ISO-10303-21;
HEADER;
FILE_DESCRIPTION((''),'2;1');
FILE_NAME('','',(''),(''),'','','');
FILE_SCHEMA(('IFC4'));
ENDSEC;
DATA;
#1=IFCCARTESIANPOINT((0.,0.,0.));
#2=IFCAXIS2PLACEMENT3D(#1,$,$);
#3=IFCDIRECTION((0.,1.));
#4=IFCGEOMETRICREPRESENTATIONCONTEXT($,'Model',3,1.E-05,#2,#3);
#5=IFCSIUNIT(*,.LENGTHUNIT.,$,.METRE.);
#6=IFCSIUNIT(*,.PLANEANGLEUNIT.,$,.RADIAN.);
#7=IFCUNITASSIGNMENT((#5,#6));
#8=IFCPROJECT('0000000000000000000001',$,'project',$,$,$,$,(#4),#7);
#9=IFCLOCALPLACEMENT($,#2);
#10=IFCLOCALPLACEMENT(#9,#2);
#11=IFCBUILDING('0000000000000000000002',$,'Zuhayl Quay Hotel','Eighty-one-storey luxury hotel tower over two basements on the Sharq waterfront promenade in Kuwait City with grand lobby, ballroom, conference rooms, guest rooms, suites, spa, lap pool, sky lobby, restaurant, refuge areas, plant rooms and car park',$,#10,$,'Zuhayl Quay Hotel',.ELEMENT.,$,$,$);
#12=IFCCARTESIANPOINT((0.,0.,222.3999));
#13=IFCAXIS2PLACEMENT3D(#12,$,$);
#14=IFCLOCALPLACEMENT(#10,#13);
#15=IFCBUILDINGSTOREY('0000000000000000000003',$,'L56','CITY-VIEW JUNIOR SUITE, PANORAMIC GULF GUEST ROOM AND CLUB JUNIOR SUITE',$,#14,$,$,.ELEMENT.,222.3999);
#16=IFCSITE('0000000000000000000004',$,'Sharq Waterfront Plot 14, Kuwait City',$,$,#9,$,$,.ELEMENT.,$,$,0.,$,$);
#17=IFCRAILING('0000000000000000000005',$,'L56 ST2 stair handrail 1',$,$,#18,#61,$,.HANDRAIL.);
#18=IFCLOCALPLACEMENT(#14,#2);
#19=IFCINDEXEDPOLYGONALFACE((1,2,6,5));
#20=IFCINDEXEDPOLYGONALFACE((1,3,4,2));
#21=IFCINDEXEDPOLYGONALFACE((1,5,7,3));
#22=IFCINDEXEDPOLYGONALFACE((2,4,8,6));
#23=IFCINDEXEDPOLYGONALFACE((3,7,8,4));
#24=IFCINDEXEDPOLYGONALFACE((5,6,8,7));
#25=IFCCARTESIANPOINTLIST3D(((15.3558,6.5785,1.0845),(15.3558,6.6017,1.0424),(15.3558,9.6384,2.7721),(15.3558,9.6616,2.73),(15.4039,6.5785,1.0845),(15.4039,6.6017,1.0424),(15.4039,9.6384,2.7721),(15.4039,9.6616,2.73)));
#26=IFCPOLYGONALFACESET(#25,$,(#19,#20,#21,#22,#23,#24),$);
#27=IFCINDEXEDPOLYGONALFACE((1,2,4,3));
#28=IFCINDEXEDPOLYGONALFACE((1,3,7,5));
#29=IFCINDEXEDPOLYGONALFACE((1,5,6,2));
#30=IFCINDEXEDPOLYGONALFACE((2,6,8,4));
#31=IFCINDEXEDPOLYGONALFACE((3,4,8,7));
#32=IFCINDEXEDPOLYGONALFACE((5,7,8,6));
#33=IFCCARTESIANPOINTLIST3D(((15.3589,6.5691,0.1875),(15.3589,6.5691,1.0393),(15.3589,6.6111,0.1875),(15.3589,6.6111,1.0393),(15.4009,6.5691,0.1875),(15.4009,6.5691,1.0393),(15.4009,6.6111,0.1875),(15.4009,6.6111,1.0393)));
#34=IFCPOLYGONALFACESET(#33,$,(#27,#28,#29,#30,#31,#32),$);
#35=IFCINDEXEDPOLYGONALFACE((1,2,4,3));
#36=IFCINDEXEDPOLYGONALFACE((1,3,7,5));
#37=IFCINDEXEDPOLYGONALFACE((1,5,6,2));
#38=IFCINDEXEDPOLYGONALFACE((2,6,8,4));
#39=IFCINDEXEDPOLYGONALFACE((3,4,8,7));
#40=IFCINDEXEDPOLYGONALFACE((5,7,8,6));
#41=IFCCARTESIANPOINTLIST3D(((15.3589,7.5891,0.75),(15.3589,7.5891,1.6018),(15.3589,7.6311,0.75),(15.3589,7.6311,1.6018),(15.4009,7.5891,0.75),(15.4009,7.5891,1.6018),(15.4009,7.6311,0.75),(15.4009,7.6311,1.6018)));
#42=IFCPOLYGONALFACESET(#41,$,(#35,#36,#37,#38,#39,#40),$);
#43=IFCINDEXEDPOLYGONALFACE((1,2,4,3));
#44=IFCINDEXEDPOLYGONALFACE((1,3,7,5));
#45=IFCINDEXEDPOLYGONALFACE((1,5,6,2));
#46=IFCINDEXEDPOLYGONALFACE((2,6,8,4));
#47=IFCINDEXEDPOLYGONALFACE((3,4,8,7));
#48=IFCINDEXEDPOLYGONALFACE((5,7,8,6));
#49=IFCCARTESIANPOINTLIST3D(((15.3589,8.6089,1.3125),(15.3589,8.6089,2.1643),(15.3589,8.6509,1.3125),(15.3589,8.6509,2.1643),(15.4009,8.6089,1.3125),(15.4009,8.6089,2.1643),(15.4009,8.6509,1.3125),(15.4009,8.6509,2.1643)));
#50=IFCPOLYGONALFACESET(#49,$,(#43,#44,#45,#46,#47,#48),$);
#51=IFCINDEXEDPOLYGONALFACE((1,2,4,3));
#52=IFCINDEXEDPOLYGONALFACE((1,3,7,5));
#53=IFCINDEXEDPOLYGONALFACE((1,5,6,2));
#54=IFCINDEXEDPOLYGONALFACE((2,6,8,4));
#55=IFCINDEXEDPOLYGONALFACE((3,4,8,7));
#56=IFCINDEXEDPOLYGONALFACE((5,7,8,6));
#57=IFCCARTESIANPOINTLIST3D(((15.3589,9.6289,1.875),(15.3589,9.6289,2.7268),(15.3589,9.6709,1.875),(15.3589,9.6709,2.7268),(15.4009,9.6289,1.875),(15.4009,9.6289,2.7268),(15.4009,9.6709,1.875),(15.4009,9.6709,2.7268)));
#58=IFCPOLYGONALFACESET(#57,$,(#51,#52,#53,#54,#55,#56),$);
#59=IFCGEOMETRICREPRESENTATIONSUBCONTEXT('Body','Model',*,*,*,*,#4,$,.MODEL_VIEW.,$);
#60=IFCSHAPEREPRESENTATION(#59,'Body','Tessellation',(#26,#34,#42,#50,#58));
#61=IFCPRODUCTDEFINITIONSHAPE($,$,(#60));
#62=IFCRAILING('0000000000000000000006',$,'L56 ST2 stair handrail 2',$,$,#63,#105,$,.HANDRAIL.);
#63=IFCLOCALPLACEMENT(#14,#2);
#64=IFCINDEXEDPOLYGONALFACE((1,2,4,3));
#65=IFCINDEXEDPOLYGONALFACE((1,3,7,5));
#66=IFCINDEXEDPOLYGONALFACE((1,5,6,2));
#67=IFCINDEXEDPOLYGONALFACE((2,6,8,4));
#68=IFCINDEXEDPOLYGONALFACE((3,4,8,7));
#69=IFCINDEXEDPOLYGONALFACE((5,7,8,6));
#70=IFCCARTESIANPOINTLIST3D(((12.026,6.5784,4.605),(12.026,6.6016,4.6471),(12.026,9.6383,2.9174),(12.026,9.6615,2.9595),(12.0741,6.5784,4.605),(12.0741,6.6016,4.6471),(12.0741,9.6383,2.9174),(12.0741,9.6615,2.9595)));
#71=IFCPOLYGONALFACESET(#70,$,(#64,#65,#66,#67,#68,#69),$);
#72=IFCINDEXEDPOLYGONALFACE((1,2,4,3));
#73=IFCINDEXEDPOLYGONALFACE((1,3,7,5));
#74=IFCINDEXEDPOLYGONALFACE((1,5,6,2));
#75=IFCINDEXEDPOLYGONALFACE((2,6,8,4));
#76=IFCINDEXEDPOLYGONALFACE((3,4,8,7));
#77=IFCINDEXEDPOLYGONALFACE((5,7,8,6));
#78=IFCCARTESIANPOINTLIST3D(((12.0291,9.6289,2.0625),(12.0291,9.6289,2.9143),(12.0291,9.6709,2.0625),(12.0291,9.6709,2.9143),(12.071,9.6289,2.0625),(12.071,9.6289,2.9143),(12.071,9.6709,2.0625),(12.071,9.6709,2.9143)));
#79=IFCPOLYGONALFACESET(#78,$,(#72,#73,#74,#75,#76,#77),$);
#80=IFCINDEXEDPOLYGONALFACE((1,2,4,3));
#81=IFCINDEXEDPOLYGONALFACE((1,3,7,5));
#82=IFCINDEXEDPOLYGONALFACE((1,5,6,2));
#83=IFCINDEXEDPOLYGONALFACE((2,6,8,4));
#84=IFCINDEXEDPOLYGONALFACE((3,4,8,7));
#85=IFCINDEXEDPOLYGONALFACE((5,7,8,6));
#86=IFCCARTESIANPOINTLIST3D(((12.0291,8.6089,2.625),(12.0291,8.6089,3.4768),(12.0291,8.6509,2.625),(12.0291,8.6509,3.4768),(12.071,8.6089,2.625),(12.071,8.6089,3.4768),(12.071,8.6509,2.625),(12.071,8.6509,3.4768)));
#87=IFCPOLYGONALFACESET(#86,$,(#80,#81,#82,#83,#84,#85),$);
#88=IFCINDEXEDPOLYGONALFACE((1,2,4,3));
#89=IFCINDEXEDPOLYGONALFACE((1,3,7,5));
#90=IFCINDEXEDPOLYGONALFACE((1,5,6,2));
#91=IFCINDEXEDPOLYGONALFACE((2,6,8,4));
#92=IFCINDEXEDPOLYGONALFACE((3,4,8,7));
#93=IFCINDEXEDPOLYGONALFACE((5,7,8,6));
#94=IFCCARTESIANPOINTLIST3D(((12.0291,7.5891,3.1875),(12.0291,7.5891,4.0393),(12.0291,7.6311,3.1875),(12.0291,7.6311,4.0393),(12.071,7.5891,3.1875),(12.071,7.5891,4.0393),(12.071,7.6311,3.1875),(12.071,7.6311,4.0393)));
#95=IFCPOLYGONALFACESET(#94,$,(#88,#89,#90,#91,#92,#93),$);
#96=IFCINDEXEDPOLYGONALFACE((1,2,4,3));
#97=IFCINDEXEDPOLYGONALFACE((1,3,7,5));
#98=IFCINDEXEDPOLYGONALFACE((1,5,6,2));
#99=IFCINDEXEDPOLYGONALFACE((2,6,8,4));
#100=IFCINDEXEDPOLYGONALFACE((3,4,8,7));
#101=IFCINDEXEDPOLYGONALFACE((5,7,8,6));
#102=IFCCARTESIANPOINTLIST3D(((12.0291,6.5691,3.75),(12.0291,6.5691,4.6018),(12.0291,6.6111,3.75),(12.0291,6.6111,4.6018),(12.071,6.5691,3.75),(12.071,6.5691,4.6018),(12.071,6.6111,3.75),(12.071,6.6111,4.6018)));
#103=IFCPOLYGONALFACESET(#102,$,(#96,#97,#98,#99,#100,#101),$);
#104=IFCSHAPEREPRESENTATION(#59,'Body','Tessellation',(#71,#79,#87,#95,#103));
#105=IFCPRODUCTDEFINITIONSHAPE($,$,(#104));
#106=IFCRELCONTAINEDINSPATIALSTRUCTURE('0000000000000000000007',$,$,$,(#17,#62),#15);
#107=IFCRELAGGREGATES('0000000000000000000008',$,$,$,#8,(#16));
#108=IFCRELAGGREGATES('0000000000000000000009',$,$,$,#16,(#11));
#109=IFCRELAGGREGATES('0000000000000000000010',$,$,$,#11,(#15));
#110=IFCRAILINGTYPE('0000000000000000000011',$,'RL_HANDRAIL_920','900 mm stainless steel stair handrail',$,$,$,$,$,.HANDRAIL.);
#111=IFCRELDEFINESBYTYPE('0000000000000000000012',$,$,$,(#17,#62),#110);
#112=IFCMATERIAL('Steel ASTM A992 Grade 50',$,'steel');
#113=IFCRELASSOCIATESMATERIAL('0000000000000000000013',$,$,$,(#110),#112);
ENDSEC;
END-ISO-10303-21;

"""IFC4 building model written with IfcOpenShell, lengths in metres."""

from ifc_helpers import new_model, si_unit, direction, frame, origin, origin_2d, place, context, subcontext, project, spatial, rectangle, extrude, material, type_object, element, save


model = new_model("IFC4")

# Units and contexts
model_context = context("Model", 3, precision=1e-05, world=origin(), true_north=direction((0.0, 1.0)))
body_context = subcontext(model_context, "Body", "Model", "MODEL_VIEW")
ifc_project = project(units=[si_unit("LENGTHUNIT", "METRE"), si_unit("PLANEANGLEUNIT", "RADIAN")], contexts=[model_context])

# Site, building, storey
site_placement = place(None, origin())
site = spatial("IfcSite", under=ifc_project, at=site_placement, Name="Sharq Waterfront Plot 14, Kuwait City", CompositionType="ELEMENT", RefElevation=0.0)
building_placement = place(site_placement, origin())
building = spatial("IfcBuilding", under=site, at=building_placement, Name="Zuhayl Quay Hotel", Description="Eighty-one-storey luxury hotel tower over two basements on the Sharq waterfront promenade in Kuwait City with grand lobby, ballroom, conference rooms, guest rooms, suites, spa, lap pool, sky lobby, restaurant, refuge areas, plant rooms and car park", LongName="Zuhayl Quay Hotel", CompositionType="ELEMENT")
storey_placement = place(building_placement, frame((0.0, 0.0, 222.3999)))
storey = spatial("IfcBuildingStorey", under=building, at=storey_placement, Name="L56", Description="CITY-VIEW JUNIOR SUITE, PANORAMIC GULF GUEST ROOM AND CLUB JUNIOR SUITE", CompositionType="ELEMENT", Elevation=222.3999)

# Railings
ifc_material_1 = material(Name="Steel ASTM A992 Grade 50", Category="steel")
railing_type_1 = type_object("IfcRailingType", Name="RL_HANDRAIL_920", Description="900 mm stainless steel stair handrail", PredefinedType="HANDRAIL", material=ifc_material_1)
railing_1_placement = place(storey_placement, frame((15.3799, 6.5901, 0.1875)))
element("IfcRailing", 1, at=railing_1_placement, inside=storey, type_object=railing_type_1, Name="L56 ST2 stair handrail 1", PredefinedType="HANDRAIL", context=body_context, shape_type="SweptSolid", body=[
    extrude(rectangle(XDim=0.0481, YDim=0.0481, at=origin_2d()), frame((0.0, 0.0, 0.876), z_axis=(0.0, 0.875659, 0.48293), x_axis=(-1.0, 0.0, 0.0)), (0.0, 0.0, 1.0), 3.4944),
    extrude(rectangle(XDim=0.042, YDim=0.042, at=origin_2d()), origin(), (0.0, 0.0, 1.0), 0.8518),
    extrude(rectangle(XDim=0.042, YDim=0.042, at=origin_2d()), frame((0.0, 1.02, 0.5625)), (0.0, 0.0, 1.0), 0.8518),
    extrude(rectangle(XDim=0.042, YDim=0.042, at=origin_2d()), frame((0.0, 2.0398, 1.125)), (0.0, 0.0, 1.0), 0.8518),
    extrude(rectangle(XDim=0.042, YDim=0.042, at=origin_2d()), frame((0.0, 3.0598, 1.6875)), (0.0, 0.0, 1.0), 0.8518),
])
railing_2_placement = place(storey_placement, frame((12.05, 9.6499, 2.0625)))
element("IfcRailing", 2, at=railing_2_placement, inside=storey, type_object=railing_type_1, Name="L56 ST2 stair handrail 2", PredefinedType="HANDRAIL", context=body_context, shape_type="SweptSolid", body=[
    extrude(rectangle(XDim=0.0481, YDim=0.0481, at=origin_2d()), frame((0.0, 0.0, 0.876), z_axis=(0.0, -0.875659, 0.48293), x_axis=(1.0, 0.0, 0.0)), (0.0, 0.0, 1.0), 3.4944),
    extrude(rectangle(XDim=0.042, YDim=0.042, at=origin_2d()), origin(), (0.0, 0.0, 1.0), 0.8518),
    extrude(rectangle(XDim=0.042, YDim=0.042, at=origin_2d()), frame((0.0, -1.02, 0.5625)), (0.0, 0.0, 1.0), 0.8518),
    extrude(rectangle(XDim=0.042, YDim=0.042, at=origin_2d()), frame((0.0, -2.0398, 1.125)), (0.0, 0.0, 1.0), 0.8518),
    extrude(rectangle(XDim=0.042, YDim=0.042, at=origin_2d()), frame((0.0, -3.0598, 1.6875)), (0.0, 0.0, 1.0), 0.8518),
])

save(model, "model.ifc")
